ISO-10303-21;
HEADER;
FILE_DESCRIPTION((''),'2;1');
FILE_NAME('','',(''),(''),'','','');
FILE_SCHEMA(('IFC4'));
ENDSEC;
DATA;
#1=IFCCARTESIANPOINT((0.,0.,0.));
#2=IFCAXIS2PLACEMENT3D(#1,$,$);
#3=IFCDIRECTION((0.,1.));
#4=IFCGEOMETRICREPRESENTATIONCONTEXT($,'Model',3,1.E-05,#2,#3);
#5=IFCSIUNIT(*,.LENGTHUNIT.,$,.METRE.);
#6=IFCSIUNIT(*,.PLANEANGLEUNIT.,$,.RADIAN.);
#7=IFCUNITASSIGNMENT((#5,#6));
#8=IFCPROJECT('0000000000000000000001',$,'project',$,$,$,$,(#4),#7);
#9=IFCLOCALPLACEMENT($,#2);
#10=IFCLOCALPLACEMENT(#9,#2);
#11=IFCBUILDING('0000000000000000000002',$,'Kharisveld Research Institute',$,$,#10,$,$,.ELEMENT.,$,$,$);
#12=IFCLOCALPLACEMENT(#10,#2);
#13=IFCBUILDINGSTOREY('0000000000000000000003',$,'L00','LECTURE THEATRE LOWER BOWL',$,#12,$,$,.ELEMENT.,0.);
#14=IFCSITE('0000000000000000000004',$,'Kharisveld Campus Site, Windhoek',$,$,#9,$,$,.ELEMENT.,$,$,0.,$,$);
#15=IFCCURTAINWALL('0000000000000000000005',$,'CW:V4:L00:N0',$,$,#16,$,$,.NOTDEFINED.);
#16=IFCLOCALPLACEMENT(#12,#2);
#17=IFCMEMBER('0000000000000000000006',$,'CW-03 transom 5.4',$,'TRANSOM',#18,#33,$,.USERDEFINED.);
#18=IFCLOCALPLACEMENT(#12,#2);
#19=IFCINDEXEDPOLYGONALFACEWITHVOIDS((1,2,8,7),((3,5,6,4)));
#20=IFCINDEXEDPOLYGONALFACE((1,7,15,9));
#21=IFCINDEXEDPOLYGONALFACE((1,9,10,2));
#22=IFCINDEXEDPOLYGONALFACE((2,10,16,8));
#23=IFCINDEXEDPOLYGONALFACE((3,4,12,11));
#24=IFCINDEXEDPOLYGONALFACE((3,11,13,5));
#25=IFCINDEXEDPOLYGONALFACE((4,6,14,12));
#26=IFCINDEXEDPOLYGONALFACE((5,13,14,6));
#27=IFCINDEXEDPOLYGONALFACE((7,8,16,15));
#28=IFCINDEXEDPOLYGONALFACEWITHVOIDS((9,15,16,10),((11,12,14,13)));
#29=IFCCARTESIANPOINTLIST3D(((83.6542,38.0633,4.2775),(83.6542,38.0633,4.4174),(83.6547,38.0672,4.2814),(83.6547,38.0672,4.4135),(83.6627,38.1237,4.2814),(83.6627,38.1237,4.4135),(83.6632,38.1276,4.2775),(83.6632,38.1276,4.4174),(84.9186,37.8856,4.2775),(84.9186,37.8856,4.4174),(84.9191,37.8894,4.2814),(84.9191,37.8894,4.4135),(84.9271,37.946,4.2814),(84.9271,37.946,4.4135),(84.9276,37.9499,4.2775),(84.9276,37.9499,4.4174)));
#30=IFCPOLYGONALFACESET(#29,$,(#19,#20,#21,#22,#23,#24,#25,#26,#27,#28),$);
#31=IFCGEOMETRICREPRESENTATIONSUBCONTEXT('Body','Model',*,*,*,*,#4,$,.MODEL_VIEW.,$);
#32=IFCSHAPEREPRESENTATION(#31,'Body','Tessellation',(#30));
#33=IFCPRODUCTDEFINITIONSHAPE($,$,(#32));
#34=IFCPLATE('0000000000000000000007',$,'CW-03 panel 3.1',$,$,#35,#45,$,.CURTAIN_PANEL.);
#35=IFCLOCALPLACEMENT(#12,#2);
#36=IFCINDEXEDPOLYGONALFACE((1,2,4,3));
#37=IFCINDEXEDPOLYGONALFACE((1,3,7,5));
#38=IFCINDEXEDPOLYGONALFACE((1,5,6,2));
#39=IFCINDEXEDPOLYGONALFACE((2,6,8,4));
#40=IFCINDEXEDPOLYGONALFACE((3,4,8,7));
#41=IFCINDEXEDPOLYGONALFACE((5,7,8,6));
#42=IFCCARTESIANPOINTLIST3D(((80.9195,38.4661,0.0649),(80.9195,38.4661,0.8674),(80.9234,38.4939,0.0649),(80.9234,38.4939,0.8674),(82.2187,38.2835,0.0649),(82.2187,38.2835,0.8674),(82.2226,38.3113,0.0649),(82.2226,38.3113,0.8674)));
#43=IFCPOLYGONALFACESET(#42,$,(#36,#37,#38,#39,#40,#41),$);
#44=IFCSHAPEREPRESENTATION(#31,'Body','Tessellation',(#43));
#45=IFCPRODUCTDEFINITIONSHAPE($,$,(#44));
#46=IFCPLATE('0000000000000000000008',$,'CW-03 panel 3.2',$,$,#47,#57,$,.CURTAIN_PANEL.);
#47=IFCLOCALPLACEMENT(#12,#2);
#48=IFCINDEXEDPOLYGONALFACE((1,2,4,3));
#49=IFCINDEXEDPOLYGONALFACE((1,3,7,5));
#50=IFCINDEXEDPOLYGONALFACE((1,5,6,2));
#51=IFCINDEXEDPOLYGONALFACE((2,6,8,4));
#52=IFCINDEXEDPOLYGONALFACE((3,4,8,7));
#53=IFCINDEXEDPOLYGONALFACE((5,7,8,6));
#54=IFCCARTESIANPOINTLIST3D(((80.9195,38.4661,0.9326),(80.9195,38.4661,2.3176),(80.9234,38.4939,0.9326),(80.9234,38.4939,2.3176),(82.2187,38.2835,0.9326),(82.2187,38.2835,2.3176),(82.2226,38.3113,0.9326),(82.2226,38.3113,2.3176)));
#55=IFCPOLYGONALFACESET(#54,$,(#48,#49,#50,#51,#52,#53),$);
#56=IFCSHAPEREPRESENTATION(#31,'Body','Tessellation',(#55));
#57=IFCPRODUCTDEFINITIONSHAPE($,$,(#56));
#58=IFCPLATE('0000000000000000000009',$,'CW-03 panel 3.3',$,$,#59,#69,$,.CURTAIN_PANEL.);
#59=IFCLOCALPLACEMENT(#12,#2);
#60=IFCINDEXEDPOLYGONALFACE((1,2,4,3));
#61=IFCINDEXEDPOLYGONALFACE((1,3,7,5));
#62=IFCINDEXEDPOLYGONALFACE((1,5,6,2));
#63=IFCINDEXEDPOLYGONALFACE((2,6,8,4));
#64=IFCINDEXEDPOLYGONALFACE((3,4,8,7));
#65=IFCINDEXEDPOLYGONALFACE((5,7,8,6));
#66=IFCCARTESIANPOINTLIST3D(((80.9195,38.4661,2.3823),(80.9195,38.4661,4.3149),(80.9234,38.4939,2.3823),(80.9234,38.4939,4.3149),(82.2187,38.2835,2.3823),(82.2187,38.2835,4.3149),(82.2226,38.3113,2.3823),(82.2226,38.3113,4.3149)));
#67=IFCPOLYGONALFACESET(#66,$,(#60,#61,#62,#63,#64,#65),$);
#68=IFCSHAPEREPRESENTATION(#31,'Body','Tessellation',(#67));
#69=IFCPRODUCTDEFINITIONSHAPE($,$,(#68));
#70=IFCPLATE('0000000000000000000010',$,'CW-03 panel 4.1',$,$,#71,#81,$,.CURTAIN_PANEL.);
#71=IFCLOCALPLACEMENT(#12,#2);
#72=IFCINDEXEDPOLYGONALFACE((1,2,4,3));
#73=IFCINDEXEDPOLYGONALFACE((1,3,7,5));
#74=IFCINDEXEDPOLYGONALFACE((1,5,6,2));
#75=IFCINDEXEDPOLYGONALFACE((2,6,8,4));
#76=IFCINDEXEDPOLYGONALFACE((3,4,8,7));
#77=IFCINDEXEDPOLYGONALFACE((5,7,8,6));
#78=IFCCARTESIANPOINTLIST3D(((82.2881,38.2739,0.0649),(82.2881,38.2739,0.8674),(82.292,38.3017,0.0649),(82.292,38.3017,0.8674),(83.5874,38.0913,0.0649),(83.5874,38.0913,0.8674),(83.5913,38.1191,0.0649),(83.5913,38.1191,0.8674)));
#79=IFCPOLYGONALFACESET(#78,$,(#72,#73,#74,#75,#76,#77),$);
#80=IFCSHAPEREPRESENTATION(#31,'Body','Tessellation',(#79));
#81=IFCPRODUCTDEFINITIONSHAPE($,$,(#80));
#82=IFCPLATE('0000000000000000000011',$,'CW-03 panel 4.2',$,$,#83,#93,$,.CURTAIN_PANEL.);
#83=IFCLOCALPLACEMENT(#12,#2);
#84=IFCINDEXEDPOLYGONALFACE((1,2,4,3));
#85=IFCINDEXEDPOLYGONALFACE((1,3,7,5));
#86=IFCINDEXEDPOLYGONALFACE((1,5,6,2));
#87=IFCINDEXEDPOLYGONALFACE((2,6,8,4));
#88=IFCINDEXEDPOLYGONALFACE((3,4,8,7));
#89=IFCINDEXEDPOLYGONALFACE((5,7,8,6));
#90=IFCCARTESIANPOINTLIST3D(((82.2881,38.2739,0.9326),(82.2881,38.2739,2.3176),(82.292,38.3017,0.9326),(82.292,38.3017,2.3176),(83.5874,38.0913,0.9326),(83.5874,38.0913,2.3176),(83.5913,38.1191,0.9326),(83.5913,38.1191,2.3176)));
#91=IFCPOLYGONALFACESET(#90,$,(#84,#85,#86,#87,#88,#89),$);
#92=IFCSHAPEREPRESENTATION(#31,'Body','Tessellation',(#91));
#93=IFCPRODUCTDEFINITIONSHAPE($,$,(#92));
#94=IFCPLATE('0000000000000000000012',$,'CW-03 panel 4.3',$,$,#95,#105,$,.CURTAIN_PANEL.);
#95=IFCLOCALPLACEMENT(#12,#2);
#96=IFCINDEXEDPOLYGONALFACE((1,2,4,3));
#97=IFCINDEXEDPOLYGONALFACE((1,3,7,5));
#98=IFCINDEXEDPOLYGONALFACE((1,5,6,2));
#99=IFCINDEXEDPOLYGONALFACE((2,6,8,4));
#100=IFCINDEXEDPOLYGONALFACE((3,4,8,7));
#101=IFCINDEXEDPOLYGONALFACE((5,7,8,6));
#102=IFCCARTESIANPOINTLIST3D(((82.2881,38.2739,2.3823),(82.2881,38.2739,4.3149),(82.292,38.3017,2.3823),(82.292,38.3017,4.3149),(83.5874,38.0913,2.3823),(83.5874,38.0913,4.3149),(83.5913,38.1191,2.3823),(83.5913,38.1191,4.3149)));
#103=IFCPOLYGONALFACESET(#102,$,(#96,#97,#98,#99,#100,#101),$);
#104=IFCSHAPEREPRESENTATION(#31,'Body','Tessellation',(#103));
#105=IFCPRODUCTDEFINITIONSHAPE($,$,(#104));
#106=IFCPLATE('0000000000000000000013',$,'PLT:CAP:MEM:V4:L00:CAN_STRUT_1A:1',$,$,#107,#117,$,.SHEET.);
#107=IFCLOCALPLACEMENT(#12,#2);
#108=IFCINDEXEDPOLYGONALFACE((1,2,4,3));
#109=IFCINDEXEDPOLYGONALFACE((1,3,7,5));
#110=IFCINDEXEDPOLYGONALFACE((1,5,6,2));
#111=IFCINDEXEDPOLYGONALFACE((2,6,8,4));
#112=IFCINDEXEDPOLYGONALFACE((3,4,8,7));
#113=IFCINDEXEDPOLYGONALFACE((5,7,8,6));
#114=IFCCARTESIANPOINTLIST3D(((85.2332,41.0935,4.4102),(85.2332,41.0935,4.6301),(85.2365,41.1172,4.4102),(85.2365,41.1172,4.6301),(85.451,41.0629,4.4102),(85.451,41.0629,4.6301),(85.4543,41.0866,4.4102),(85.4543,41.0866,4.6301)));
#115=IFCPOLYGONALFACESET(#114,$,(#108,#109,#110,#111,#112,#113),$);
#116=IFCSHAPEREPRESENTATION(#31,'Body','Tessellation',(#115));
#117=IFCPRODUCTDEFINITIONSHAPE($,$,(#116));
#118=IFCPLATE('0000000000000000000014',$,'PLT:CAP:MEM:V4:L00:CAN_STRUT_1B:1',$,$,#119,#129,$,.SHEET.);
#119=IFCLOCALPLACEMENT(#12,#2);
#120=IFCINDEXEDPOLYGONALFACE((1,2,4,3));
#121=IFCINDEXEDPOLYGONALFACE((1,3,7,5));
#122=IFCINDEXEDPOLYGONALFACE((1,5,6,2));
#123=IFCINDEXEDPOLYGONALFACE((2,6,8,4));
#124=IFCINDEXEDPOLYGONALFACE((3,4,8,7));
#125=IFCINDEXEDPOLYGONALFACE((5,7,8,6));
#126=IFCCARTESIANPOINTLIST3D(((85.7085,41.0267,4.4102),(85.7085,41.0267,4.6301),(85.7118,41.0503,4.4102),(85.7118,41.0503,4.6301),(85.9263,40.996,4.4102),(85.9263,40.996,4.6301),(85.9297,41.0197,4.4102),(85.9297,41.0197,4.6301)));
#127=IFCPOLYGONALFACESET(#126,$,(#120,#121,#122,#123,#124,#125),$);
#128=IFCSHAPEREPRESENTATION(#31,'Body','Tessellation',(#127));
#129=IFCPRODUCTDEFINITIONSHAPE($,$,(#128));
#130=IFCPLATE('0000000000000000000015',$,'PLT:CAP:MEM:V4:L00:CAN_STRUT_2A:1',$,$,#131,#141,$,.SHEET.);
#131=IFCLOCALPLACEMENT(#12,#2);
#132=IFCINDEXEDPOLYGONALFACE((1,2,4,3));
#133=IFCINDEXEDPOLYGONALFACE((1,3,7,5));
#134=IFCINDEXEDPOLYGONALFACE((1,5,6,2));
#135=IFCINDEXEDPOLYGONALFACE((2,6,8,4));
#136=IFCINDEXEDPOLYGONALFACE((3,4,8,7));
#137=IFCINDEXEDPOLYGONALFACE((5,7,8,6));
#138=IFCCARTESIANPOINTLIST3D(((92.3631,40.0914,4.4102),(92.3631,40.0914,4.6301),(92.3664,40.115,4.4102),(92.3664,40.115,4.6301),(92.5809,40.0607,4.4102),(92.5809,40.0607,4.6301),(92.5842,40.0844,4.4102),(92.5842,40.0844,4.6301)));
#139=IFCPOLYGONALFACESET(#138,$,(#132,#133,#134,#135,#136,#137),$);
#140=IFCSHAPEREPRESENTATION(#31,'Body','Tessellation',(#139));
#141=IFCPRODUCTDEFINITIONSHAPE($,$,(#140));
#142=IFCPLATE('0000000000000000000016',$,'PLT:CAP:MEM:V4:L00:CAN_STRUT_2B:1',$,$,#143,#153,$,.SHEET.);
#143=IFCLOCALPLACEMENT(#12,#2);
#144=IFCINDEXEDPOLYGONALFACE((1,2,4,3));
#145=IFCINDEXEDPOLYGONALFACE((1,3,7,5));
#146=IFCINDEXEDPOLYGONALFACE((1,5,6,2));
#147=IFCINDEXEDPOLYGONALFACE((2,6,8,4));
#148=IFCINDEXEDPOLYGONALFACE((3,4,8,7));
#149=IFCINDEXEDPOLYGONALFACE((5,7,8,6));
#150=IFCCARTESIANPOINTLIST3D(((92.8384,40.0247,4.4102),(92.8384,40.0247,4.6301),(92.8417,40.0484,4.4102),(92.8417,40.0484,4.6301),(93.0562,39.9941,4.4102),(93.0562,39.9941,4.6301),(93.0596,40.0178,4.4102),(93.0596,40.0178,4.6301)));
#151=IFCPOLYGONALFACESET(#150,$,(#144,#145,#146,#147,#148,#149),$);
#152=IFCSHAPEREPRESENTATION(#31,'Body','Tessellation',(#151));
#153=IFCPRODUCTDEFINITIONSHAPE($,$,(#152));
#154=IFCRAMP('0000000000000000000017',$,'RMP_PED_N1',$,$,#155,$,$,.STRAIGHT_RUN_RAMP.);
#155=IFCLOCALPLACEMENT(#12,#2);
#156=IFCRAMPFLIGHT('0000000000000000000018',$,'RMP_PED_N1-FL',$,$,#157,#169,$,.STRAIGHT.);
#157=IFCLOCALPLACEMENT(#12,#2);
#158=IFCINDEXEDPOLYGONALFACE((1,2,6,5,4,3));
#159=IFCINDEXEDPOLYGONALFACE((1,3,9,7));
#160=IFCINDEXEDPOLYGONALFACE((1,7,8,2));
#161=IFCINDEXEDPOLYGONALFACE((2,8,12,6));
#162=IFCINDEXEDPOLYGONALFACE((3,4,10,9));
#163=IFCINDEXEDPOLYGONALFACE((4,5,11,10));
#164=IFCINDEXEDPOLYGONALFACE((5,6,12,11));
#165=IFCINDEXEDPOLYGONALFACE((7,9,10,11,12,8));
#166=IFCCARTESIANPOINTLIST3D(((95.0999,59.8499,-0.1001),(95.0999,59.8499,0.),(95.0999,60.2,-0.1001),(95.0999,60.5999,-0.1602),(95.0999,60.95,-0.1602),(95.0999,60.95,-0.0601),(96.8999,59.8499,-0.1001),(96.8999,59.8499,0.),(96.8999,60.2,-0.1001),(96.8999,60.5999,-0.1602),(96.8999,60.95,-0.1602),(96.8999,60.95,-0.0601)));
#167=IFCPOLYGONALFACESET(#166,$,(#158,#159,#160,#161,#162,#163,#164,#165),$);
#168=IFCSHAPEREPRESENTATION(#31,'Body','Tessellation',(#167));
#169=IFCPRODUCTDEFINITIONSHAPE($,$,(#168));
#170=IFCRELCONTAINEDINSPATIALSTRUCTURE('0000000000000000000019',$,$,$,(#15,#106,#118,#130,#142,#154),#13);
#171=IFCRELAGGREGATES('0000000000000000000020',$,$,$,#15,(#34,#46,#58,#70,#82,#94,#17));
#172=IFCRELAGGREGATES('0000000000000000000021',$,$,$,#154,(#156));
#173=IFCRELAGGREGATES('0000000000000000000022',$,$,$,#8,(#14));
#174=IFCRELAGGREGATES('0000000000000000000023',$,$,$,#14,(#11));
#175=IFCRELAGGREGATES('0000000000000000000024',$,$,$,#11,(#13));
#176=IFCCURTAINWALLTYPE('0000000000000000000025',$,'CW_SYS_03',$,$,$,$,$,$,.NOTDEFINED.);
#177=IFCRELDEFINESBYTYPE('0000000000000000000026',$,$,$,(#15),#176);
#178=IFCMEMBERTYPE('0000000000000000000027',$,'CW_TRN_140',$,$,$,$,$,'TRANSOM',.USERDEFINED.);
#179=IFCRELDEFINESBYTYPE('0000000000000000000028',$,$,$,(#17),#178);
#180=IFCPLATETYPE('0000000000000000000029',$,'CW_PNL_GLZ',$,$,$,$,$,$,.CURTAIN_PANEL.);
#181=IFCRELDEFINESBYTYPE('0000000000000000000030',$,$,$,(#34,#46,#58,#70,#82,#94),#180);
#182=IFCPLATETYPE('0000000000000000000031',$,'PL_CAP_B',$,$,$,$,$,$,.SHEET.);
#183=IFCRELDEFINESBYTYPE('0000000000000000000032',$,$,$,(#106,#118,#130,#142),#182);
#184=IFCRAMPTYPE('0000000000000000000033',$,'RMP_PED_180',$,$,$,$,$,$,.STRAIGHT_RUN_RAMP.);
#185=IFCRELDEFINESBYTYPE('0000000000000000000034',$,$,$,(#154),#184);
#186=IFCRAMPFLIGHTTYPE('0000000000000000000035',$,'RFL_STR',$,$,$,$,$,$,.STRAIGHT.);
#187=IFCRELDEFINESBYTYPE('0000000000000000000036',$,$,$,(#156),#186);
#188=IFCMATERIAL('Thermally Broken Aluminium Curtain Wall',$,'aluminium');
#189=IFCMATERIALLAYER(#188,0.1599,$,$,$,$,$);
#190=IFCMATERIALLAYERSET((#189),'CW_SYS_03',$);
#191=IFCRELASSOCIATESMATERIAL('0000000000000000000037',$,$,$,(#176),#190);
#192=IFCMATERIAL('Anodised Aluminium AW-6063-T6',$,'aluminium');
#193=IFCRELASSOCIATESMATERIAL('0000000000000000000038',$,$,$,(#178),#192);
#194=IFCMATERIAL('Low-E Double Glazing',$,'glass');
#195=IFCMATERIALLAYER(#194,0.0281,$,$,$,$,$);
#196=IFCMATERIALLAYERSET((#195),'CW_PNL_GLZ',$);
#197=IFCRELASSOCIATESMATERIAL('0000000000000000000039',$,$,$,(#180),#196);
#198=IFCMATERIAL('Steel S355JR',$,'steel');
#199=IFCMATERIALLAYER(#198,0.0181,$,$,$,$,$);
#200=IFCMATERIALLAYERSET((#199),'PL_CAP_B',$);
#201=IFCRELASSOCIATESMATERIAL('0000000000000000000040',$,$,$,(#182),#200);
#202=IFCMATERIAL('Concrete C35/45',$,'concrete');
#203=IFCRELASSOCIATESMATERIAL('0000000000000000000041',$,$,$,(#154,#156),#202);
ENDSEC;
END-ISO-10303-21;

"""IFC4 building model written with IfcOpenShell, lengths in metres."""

from ifc_helpers import new_model, si_unit, direction, frame, origin, origin_2d, place, context, subcontext, project, spatial, polyline, rectangle, hollow_rectangle, outline, extrude, material, layer, layer_set, material_profile, profile_set, type_object, element, aggregate, save


model = new_model("IFC4")

# Units and contexts
model_context = context("Model", 3, precision=1e-05, world=origin(), true_north=direction((0.0, 1.0)))
body_context = subcontext(model_context, "Body", "Model", "MODEL_VIEW")
ifc_project = project(units=[si_unit("LENGTHUNIT", "METRE"), si_unit("PLANEANGLEUNIT", "RADIAN")], contexts=[model_context])

# Site, building, storey
site_placement = place(None, origin())
site = spatial("IfcSite", under=ifc_project, at=site_placement, Name="Kharisveld Campus Site, Windhoek", CompositionType="ELEMENT", RefElevation=0.0)
building_placement = place(site_placement, origin())
building = spatial("IfcBuilding", under=site, at=building_placement, Name="Kharisveld Research Institute", CompositionType="ELEMENT")
storey_placement = place(building_placement, origin())
storey = spatial("IfcBuildingStorey", under=building, at=storey_placement, Name="L00", Description="LECTURE THEATRE LOWER BOWL", CompositionType="ELEMENT", Elevation=0.0)

# Curtain wall, member, plates
ifc_material_1 = material(Name="Thermally Broken Aluminium Curtain Wall", Category="aluminium")
ifc_layer_1 = layer(ifc_material_1, 0.1599)
ifc_layer_set_1 = layer_set([ifc_layer_1], Name="CW_SYS_03")
curtain_wall_type = type_object("IfcCurtainWallType", Name="CW_SYS_03", PredefinedType="NOTDEFINED", material=ifc_layer_set_1)
curtain_wall_placement = place(storey_placement, origin())
curtain_wall = element("IfcCurtainWall", 1, at=curtain_wall_placement, inside=storey, type_object=curtain_wall_type, Name="CW:V4:L00:N0", PredefinedType="NOTDEFINED")
ifc_material_2 = material(Name="Anodised Aluminium AW-6063-T6", Category="aluminium")
ifc_material_profile_1 = material_profile(ifc_material_2, hollow_rectangle(XDim=0.0649, YDim=0.1399, WallThickness=0.0039, at=origin_2d()))
ifc_profile_set_1 = profile_set([ifc_material_profile_1], Name="Anodised Aluminium AW-6063-T6")
member_type_1 = type_object("IfcMemberType", Name="CW_TRN_140", ElementType="TRANSOM", PredefinedType="USERDEFINED", material=ifc_profile_set_1)
member_1_placement = place(storey_placement, frame((83.6587, 38.0955, 4.3474), z_axis=(0.990264, -0.139199, 0.0), x_axis=(0.139199, 0.990264, 0.0)))
member_1 = element("IfcMember", 2, at=member_1_placement, type_object=member_type_1, Name="CW-03 transom 5.4", ObjectType="TRANSOM", PredefinedType="USERDEFINED", context=body_context, shape_type="SweptSolid", body=[
    extrude(hollow_rectangle(XDim=0.0649, YDim=0.1399, WallThickness=0.0039, at=origin_2d()), origin(), (0.0, 0.0, 1.0), 1.2769),
])
ifc_material_3 = material(Name="Low-E Double Glazing", Category="glass")
ifc_layer_2 = layer(ifc_material_3, 0.0281)
ifc_layer_set_2 = layer_set([ifc_layer_2], Name="CW_PNL_GLZ")
plate_type_1 = type_object("IfcPlateType", Name="CW_PNL_GLZ", PredefinedType="CURTAIN_PANEL", material=ifc_layer_set_2)
plate_1_placement = place(storey_placement, frame((81.571, 38.3887, 0.0649), z_axis=(0.0, 0.0, 1.0), x_axis=(0.990268, -0.139173, 0.0)))
plate_1 = element("IfcPlate", 3, at=plate_1_placement, type_object=plate_type_1, Name="CW-03 panel 3.1", PredefinedType="CURTAIN_PANEL", context=body_context, shape_type="SweptSolid", body=[
    extrude(rectangle(XDim=1.312, YDim=0.0281, at=origin_2d()), origin(), (0.0, 0.0, 1.0), 0.8025),
])
plate_2_placement = place(storey_placement, frame((81.571, 38.3887, 0.9326), z_axis=(0.0, 0.0, 1.0), x_axis=(0.990268, -0.139173, 0.0)))
plate_2 = element("IfcPlate", 4, at=plate_2_placement, type_object=plate_type_1, Name="CW-03 panel 3.2", PredefinedType="CURTAIN_PANEL", context=body_context, shape_type="SweptSolid", body=[
    extrude(rectangle(XDim=1.312, YDim=0.0281, at=origin_2d()), origin(), (0.0, 0.0, 1.0), 1.385),
])
plate_3_placement = place(storey_placement, frame((81.571, 38.3887, 2.3823), z_axis=(0.0, 0.0, 1.0), x_axis=(0.990268, -0.139173, 0.0)))
plate_3 = element("IfcPlate", 5, at=plate_3_placement, type_object=plate_type_1, Name="CW-03 panel 3.3", PredefinedType="CURTAIN_PANEL", context=body_context, shape_type="SweptSolid", body=[
    extrude(rectangle(XDim=1.312, YDim=0.0281, at=origin_2d()), origin(), (0.0, 0.0, 1.0), 1.9326),
])
plate_4_placement = place(storey_placement, frame((82.9397, 38.1965, 0.0649), z_axis=(0.0, 0.0, 1.0), x_axis=(0.990268, -0.139173, 0.0)))
plate_4 = element("IfcPlate", 6, at=plate_4_placement, type_object=plate_type_1, Name="CW-03 panel 4.1", PredefinedType="CURTAIN_PANEL", context=body_context, shape_type="SweptSolid", body=[
    extrude(rectangle(XDim=1.312, YDim=0.0281, at=origin_2d()), origin(), (0.0, 0.0, 1.0), 0.8025),
])
plate_5_placement = place(storey_placement, frame((82.9397, 38.1965, 0.9326), z_axis=(0.0, 0.0, 1.0), x_axis=(0.990268, -0.139173, 0.0)))
plate_5 = element("IfcPlate", 7, at=plate_5_placement, type_object=plate_type_1, Name="CW-03 panel 4.2", PredefinedType="CURTAIN_PANEL", context=body_context, shape_type="SweptSolid", body=[
    extrude(rectangle(XDim=1.312, YDim=0.0281, at=origin_2d()), origin(), (0.0, 0.0, 1.0), 1.385),
])
plate_6_placement = place(storey_placement, frame((82.9397, 38.1965, 2.3823), z_axis=(0.0, 0.0, 1.0), x_axis=(0.990268, -0.139173, 0.0)))
plate_6 = element("IfcPlate", 8, at=plate_6_placement, type_object=plate_type_1, Name="CW-03 panel 4.3", PredefinedType="CURTAIN_PANEL", context=body_context, shape_type="SweptSolid", body=[
    extrude(rectangle(XDim=1.312, YDim=0.0281, at=origin_2d()), origin(), (0.0, 0.0, 1.0), 1.9326),
])
aggregate(curtain_wall, [plate_1, plate_2, plate_3, plate_4, plate_5, plate_6, member_1])

# Plates
ifc_material_4 = material(Name="Steel S355JR", Category="steel")
ifc_layer_3 = layer(ifc_material_4, 0.0181)
ifc_layer_set_3 = layer_set([ifc_layer_3], Name="PL_CAP_B")
plate_type_2 = type_object("IfcPlateType", Name="PL_CAP_B", PredefinedType="SHEET", material=ifc_layer_set_3)
for number, where, z_axis, x_axis, name in (
    (9, (85.3438, 41.0901, 4.4102), (0.0, 0.0, 1.0), (0.990268, -0.139173, 0.0), "PLT:CAP:MEM:V4:L00:CAN_STRUT_1A:1"),
    (10, (85.8191, 41.0232, 4.4102), (0.0, 0.0, 1.0), (0.990268, -0.139173, 0.0), "PLT:CAP:MEM:V4:L00:CAN_STRUT_1B:1"),
    (11, (92.4736, 40.0879, 4.4102), (0.0, 0.0, 1.0), (0.990268, -0.139173, 0.0), "PLT:CAP:MEM:V4:L00:CAN_STRUT_2A:1"),
    (12, (92.949, 40.0212, 4.4102), (0.0, 0.0, 1.0), (0.990268, -0.139173, 0.0), "PLT:CAP:MEM:V4:L00:CAN_STRUT_2B:1"),
):
    element("IfcPlate", number, at=place(storey_placement, frame(where, z_axis=z_axis, x_axis=x_axis)), inside=storey, type_object=plate_type_2, Name=name, PredefinedType="SHEET", context=body_context, shape_type="SweptSolid", body=[
        extrude(rectangle(XDim=0.22, YDim=0.0239, at=origin_2d()), origin(), (0.0, 0.0, 1.0), 0.22),
    ])

# Ramp, ramp flight
ifc_material_5 = material(Name="Concrete C35/45", Category="concrete")
ramp_type = type_object("IfcRampType", Name="RMP_PED_180", PredefinedType="STRAIGHT_RUN_RAMP")
ramp_placement = place(storey_placement, origin())
ramp = element("IfcRamp", 13, at=ramp_placement, inside=storey, type_object=ramp_type, material=ifc_material_5, Name="RMP_PED_N1", PredefinedType="STRAIGHT_RUN_RAMP")
ramp_flight_type = type_object("IfcRampFlightType", Name="RFL_STR", PredefinedType="STRAIGHT")
ramp_flight_placement = place(storey_placement, frame((96.0, 60.95, -0.0601), z_axis=(0.0, 0.0, 1.0), x_axis=(0.0, -1.0, 0.0)))
ramp_flight = element("IfcRampFlight", 14, at=ramp_flight_placement, type_object=ramp_flight_type, material=ifc_material_5, Name="RMP_PED_N1-FL", PredefinedType="STRAIGHT", context=body_context, shape_type="SweptSolid", body=[
    extrude(outline(polyline([(0.0, 0.0), (0.0, -0.1001), (0.3501, -0.1001), (0.75, -0.04), (1.1001, -0.04), (1.1001, 0.0601), (0.0, 0.0)])), frame((0.0, 0.8999, 0.0), z_axis=(0.0, -1.0, 0.0), x_axis=(1.0, 0.0, 0.0)), (0.0, 0.0, 1.0), 1.8),
])
aggregate(ramp, [ramp_flight])

save(model, "model.ifc")
